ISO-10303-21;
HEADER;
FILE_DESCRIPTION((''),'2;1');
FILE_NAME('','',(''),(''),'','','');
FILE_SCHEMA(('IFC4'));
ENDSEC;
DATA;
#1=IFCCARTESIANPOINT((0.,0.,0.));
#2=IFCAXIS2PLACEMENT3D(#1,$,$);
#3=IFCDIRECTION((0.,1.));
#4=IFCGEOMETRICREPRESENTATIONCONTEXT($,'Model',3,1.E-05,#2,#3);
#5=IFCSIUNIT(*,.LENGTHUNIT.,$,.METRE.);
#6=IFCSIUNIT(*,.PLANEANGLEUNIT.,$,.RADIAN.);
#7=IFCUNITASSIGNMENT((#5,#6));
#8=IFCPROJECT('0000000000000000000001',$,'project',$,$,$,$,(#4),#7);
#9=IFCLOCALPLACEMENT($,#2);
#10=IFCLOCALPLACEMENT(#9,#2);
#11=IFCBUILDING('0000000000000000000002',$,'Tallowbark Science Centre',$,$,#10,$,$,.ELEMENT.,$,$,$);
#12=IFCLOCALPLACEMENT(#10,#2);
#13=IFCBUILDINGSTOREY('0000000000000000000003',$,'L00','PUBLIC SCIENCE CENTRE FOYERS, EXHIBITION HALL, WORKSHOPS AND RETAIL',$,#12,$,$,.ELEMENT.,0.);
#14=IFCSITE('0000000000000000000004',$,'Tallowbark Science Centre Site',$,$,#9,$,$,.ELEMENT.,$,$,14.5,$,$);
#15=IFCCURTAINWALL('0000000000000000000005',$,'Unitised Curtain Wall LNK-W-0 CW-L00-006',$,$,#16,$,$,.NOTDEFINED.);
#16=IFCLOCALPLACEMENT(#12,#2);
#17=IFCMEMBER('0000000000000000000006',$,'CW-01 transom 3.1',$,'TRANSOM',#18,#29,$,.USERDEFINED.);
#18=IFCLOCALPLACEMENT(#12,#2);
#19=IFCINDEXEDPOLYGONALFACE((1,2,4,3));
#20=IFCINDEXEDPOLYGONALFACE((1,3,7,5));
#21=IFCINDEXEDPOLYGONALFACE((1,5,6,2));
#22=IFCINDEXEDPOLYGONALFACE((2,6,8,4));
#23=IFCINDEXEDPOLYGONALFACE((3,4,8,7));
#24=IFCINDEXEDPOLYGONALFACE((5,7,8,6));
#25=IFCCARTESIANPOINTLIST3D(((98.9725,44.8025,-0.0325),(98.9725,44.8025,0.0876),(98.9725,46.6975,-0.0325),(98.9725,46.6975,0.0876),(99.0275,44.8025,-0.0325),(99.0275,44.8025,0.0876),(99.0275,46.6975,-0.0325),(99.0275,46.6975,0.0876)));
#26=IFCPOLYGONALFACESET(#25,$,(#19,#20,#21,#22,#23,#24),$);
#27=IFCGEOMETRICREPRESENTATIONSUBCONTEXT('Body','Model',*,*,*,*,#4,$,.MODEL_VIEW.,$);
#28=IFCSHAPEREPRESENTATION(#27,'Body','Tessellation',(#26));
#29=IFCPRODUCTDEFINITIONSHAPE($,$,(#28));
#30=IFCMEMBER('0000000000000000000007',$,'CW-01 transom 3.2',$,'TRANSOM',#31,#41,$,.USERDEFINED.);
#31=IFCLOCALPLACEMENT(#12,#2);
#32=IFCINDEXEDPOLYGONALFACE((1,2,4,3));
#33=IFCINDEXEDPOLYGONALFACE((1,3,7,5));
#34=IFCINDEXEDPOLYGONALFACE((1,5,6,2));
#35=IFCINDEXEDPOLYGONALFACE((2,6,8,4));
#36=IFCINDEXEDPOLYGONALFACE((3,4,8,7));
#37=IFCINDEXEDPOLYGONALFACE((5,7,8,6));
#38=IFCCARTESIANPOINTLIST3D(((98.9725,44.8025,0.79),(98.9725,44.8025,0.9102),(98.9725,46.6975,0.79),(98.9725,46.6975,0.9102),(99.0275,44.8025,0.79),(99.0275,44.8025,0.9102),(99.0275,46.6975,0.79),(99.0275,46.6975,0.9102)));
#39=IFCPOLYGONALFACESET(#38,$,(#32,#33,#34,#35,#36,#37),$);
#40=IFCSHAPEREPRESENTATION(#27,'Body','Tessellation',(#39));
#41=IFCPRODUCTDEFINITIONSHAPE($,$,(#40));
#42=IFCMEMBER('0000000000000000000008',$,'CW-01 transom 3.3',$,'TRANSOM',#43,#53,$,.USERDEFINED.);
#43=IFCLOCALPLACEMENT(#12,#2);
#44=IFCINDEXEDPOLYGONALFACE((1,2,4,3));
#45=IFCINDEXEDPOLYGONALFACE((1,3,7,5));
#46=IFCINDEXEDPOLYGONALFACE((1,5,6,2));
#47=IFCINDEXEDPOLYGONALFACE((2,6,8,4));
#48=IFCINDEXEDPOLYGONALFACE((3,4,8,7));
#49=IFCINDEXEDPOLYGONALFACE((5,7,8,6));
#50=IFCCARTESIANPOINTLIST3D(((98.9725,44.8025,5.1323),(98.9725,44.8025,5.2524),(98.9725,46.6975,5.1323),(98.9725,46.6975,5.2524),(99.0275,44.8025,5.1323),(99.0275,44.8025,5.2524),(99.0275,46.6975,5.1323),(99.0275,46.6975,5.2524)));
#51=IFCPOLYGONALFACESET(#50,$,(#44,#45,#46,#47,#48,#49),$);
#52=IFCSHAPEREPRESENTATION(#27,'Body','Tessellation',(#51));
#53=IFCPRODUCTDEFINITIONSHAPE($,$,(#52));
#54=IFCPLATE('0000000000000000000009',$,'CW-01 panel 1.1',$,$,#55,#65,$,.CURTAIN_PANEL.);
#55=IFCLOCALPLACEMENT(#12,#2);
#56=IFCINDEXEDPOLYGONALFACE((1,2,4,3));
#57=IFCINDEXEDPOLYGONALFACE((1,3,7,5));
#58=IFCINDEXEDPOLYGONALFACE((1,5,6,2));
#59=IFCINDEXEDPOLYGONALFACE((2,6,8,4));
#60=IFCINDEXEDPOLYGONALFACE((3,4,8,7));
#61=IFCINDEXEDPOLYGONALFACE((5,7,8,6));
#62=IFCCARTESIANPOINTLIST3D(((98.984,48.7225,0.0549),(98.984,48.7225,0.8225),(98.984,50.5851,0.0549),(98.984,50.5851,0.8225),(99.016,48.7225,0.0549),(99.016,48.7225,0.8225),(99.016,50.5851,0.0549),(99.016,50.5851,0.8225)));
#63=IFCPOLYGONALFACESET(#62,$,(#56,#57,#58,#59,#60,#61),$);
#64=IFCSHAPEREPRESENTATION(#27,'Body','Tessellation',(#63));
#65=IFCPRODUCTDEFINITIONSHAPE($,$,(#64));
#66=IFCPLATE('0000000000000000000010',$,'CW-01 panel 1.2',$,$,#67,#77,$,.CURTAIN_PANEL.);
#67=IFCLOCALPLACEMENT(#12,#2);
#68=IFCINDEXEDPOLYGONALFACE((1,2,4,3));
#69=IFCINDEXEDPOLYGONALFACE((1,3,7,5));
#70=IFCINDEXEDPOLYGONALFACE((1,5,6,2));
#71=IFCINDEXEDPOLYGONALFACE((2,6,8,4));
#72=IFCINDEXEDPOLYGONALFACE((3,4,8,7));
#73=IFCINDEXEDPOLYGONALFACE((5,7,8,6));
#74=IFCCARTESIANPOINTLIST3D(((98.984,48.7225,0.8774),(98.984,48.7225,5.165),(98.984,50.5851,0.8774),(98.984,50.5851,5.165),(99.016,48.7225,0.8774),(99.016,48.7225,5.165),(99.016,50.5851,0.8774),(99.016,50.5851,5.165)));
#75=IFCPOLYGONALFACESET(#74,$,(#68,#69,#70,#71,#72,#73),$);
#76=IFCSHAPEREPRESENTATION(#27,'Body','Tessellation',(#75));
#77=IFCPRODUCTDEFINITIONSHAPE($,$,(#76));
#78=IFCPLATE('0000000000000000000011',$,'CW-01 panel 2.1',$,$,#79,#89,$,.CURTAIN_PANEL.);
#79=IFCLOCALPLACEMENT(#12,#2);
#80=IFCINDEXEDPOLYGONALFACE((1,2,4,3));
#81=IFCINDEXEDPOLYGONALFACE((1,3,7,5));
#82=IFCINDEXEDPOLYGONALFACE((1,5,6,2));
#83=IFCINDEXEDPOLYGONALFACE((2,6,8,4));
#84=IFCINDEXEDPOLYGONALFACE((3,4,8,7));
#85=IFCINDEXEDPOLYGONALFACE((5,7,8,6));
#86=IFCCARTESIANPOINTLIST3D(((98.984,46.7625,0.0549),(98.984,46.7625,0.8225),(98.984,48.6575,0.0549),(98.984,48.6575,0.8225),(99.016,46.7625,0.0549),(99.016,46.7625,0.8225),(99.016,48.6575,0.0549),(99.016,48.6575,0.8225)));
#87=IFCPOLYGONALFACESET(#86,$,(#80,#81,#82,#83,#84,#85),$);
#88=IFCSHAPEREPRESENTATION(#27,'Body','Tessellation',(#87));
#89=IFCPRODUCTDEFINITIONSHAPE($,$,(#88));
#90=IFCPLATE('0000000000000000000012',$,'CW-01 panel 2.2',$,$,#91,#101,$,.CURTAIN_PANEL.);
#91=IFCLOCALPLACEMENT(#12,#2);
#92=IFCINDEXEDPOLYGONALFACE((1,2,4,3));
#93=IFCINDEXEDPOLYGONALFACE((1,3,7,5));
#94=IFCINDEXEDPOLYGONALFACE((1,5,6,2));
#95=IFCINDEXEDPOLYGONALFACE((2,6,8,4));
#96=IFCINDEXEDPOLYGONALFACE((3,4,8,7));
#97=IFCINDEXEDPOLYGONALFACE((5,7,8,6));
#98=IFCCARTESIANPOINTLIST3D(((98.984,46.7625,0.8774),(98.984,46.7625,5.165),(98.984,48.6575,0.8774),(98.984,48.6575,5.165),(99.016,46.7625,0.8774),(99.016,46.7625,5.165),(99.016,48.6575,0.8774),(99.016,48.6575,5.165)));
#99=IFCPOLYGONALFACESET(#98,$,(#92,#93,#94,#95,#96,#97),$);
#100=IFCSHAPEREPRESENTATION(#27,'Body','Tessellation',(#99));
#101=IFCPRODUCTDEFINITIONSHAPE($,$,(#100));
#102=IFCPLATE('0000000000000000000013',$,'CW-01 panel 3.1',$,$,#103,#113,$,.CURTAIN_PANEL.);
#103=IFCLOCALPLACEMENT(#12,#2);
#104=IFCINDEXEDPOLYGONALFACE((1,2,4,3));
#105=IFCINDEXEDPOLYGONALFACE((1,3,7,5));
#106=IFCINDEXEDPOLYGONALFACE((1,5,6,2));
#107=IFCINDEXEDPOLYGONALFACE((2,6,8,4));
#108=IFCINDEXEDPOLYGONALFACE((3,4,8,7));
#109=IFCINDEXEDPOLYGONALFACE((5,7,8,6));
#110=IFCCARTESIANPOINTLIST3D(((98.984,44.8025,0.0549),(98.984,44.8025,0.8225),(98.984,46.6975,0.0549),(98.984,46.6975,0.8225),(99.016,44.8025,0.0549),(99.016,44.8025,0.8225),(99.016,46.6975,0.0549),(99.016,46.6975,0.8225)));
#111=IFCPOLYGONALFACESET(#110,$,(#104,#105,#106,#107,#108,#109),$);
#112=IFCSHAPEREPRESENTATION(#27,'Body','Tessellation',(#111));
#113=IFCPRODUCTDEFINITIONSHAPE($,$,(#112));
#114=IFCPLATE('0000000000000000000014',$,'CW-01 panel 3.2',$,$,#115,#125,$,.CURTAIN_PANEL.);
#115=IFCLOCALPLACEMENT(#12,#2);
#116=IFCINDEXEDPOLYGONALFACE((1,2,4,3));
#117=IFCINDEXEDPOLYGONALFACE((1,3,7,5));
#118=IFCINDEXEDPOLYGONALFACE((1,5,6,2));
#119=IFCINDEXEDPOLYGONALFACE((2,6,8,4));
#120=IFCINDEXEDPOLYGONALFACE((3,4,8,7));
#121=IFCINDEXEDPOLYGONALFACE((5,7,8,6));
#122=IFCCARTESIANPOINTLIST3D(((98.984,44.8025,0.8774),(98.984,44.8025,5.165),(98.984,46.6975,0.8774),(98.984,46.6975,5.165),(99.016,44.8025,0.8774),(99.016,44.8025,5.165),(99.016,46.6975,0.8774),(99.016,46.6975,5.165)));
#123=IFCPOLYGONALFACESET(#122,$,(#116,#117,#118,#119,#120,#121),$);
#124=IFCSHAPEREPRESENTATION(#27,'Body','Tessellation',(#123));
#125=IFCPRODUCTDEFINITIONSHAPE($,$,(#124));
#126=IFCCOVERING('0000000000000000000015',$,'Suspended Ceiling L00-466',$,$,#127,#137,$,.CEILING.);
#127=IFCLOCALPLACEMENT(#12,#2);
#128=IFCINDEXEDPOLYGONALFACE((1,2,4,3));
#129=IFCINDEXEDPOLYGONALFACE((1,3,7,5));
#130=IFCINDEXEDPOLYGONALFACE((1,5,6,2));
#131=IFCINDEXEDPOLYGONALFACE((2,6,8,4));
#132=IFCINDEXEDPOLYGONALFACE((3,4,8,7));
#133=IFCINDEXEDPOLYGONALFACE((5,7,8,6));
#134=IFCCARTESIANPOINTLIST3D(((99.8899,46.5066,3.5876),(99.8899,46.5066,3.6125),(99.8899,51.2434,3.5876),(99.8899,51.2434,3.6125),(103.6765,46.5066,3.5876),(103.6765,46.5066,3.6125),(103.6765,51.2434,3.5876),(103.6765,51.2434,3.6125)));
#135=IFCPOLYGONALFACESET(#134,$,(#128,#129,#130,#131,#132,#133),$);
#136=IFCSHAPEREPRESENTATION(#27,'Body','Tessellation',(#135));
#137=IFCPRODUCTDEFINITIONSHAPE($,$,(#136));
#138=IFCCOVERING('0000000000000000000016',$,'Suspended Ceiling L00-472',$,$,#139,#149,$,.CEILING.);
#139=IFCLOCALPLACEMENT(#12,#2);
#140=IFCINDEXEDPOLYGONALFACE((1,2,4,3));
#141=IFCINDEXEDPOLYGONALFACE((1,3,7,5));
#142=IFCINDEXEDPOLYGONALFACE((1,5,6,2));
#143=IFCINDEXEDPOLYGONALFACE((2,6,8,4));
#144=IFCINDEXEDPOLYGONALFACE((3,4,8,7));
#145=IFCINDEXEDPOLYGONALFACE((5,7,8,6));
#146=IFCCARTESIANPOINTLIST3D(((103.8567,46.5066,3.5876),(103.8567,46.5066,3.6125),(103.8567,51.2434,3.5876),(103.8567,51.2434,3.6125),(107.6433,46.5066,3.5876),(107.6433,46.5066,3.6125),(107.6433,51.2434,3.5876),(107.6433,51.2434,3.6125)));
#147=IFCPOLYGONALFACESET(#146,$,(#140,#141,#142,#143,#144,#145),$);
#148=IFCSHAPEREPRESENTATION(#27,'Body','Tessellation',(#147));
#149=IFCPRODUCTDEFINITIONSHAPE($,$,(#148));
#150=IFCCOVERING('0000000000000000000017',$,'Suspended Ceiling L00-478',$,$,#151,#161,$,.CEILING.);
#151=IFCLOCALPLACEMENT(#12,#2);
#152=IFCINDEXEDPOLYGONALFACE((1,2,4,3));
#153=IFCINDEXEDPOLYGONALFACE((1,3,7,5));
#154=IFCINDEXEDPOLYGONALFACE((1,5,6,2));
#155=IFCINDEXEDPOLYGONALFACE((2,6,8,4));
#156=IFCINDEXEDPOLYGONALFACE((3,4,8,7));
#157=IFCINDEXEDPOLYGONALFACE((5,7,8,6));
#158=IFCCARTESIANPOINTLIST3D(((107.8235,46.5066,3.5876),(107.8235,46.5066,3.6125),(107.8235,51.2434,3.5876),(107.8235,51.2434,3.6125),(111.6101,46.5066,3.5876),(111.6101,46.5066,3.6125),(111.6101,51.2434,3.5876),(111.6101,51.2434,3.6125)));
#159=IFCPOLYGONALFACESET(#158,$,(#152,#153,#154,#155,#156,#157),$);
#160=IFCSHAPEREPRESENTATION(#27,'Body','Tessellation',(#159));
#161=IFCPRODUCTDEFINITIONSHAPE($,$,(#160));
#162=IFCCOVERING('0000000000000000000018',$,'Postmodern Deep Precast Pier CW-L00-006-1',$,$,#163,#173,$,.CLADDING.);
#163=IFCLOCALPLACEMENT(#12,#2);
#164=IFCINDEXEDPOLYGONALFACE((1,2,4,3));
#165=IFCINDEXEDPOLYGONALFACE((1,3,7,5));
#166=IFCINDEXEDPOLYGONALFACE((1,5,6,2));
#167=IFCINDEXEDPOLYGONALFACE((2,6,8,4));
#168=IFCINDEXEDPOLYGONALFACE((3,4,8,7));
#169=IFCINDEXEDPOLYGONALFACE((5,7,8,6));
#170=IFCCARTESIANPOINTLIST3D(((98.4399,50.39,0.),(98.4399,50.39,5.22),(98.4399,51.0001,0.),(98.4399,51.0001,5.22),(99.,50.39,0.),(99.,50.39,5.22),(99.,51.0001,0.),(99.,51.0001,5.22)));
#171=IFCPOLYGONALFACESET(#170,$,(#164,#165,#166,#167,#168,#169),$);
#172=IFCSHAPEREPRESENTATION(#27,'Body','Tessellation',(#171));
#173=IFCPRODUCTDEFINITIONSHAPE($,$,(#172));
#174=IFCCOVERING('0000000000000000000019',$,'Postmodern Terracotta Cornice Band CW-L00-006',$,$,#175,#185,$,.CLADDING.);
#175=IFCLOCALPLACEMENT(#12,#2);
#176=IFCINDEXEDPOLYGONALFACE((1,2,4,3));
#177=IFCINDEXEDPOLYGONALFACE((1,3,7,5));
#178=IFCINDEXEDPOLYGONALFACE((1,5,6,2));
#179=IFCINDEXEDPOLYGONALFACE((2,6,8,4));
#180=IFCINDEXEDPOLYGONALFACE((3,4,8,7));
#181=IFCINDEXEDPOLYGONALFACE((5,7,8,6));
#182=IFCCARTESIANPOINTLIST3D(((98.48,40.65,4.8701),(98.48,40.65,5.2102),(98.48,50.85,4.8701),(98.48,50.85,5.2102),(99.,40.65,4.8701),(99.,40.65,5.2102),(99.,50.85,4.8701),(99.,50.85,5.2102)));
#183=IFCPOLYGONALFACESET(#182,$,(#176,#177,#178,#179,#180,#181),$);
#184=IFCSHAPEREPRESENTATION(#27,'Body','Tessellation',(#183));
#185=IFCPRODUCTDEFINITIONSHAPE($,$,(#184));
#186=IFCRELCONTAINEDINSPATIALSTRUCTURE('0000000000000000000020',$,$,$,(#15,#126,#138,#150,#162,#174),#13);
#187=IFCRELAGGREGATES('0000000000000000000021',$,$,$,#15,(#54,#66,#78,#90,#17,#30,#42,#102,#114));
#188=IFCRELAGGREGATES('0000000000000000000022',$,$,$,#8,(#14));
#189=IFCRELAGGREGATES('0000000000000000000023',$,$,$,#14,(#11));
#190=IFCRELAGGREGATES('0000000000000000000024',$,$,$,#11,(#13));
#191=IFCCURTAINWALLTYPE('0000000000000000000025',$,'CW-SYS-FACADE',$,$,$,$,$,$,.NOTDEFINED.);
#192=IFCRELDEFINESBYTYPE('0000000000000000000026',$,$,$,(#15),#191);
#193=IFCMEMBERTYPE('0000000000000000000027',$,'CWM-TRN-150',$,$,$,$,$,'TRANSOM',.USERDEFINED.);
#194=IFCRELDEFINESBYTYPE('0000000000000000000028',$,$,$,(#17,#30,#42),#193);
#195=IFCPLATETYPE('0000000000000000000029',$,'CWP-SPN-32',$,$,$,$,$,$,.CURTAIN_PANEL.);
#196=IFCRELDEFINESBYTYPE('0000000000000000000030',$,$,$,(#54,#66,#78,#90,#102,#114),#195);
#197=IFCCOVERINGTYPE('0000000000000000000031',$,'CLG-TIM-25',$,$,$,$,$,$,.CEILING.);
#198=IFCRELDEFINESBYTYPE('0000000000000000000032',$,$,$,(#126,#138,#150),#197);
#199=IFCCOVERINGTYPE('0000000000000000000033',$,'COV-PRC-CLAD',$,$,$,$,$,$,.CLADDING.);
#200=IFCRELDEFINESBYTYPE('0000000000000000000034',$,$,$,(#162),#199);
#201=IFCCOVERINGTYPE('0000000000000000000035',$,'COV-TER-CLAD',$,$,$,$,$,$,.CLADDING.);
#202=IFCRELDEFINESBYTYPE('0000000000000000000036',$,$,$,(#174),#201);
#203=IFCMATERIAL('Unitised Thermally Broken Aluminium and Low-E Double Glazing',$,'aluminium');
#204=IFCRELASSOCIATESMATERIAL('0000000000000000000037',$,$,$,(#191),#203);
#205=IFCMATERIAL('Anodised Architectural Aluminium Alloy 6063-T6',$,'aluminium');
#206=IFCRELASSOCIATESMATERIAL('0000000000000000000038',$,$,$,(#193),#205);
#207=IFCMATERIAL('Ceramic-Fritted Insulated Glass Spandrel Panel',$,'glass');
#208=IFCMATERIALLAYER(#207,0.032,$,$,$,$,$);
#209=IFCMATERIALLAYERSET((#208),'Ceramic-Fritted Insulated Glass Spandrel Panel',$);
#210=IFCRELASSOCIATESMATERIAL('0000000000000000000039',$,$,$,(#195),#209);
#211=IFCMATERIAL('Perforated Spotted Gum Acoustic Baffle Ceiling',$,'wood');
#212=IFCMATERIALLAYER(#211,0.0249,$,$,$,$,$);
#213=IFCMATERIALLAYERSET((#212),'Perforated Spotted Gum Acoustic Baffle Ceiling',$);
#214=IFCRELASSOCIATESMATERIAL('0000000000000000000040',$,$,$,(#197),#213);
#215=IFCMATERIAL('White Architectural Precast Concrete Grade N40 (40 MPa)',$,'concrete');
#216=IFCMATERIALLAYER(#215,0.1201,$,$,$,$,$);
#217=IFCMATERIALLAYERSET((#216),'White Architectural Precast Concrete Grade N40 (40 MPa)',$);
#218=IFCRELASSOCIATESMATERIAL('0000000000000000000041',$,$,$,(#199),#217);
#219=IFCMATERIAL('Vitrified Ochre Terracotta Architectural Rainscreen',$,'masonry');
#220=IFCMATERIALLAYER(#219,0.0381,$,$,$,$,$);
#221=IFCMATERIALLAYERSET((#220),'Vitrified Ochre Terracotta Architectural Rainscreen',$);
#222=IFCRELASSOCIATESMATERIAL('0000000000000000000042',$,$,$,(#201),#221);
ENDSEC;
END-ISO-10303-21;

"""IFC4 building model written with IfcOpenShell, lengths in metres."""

from ifc_helpers import new_model, si_unit, direction, frame, origin, origin_2d, place, context, subcontext, project, spatial, rectangle, extrude, material, layer, layer_set, material_profile, profile_set, type_object, element, aggregate, save


model = new_model("IFC4")

# Units and contexts
model_context = context("Model", 3, precision=1e-05, world=origin(), true_north=direction((0.0, 1.0)))
body_context = subcontext(model_context, "Body", "Model", "MODEL_VIEW")
ifc_project = project(units=[si_unit("LENGTHUNIT", "METRE"), si_unit("PLANEANGLEUNIT", "RADIAN")], contexts=[model_context])

# Site, building, storey
site_placement = place(None, origin())
site = spatial("IfcSite", under=ifc_project, at=site_placement, Name="Tallowbark Science Centre Site", CompositionType="ELEMENT", RefElevation=14.5)
building_placement = place(site_placement, origin())
building = spatial("IfcBuilding", under=site, at=building_placement, Name="Tallowbark Science Centre", CompositionType="ELEMENT")
storey_placement = place(building_placement, origin())
storey = spatial("IfcBuildingStorey", under=building, at=storey_placement, Name="L00", Description="PUBLIC SCIENCE CENTRE FOYERS, EXHIBITION HALL, WORKSHOPS AND RETAIL", CompositionType="ELEMENT", Elevation=0.0)

# Curtain wall, members, plates
ifc_material_1 = material(Name="Unitised Thermally Broken Aluminium and Low-E Double Glazing", Category="aluminium")
curtain_wall_type = type_object("IfcCurtainWallType", Name="CW-SYS-FACADE", PredefinedType="NOTDEFINED", material=ifc_material_1)
curtain_wall_placement = place(storey_placement, origin())
curtain_wall = element("IfcCurtainWall", 1, at=curtain_wall_placement, inside=storey, type_object=curtain_wall_type, Name="Unitised Curtain Wall LNK-W-0 CW-L00-006", PredefinedType="NOTDEFINED")
ifc_material_2 = material(Name="Anodised Architectural Aluminium Alloy 6063-T6", Category="aluminium")
ifc_material_profile_1 = material_profile(ifc_material_2, rectangle(XDim=0.0549, YDim=0.1201, at=origin_2d()), Name="ALU55x120")
ifc_profile_set_1 = profile_set([ifc_material_profile_1], Name="Anodised Architectural Aluminium Alloy 6063-T6")
member_type_1 = type_object("IfcMemberType", Name="CWM-TRN-150", ElementType="TRANSOM", PredefinedType="USERDEFINED", material=ifc_profile_set_1)
member_1_placement = place(storey_placement, frame((99.0, 46.6975, 0.0276), z_axis=(0.0, -1.0, 0.0), x_axis=(1.0, 0.0, 0.0)))
member_1 = element("IfcMember", 2, at=member_1_placement, type_object=member_type_1, Name="CW-01 transom 3.1", ObjectType="TRANSOM", PredefinedType="USERDEFINED", context=body_context, shape_type="SweptSolid", body=[
    extrude(rectangle(XDim=0.0549, YDim=0.1201, at=origin_2d()), origin(), (0.0, 0.0, 1.0), 1.895),
])
member_2_placement = place(storey_placement, frame((99.0, 46.6975, 0.8501), z_axis=(0.0, -1.0, 0.0), x_axis=(1.0, 0.0, 0.0)))
member_2 = element("IfcMember", 3, at=member_2_placement, type_object=member_type_1, Name="CW-01 transom 3.2", ObjectType="TRANSOM", PredefinedType="USERDEFINED", context=body_context, shape_type="SweptSolid", body=[
    extrude(rectangle(XDim=0.0549, YDim=0.1201, at=origin_2d()), origin(), (0.0, 0.0, 1.0), 1.895),
])
member_3_placement = place(storey_placement, frame((99.0, 46.6975, 5.1924), z_axis=(0.0, -1.0, 0.0), x_axis=(1.0, 0.0, 0.0)))
member_3 = element("IfcMember", 4, at=member_3_placement, type_object=member_type_1, Name="CW-01 transom 3.3", ObjectType="TRANSOM", PredefinedType="USERDEFINED", context=body_context, shape_type="SweptSolid", body=[
    extrude(rectangle(XDim=0.0549, YDim=0.1201, at=origin_2d()), origin(), (0.0, 0.0, 1.0), 1.895),
])
ifc_material_3 = material(Name="Ceramic-Fritted Insulated Glass Spandrel Panel", Category="glass")
ifc_layer_1 = layer(ifc_material_3, 0.032)
ifc_layer_set_1 = layer_set([ifc_layer_1], Name="Ceramic-Fritted Insulated Glass Spandrel Panel")
plate_type = type_object("IfcPlateType", Name="CWP-SPN-32", PredefinedType="CURTAIN_PANEL", material=ifc_layer_set_1)
plate_1_placement = place(storey_placement, frame((99.0, 49.6538, 0.0549), z_axis=(0.0, 0.0, 1.0), x_axis=(0.0, -1.0, 0.0)))
plate_1 = element("IfcPlate", 5, at=plate_1_placement, type_object=plate_type, Name="CW-01 panel 1.1", PredefinedType="CURTAIN_PANEL", context=body_context, shape_type="SweptSolid", body=[
    extrude(rectangle(XDim=1.8625, YDim=0.032, at=origin_2d()), origin(), (0.0, 0.0, 1.0), 0.7676),
])
plate_2_placement = place(storey_placement, frame((99.0, 49.6538, 0.8774), z_axis=(0.0, 0.0, 1.0), x_axis=(0.0, -1.0, 0.0)))
plate_2 = element("IfcPlate", 6, at=plate_2_placement, type_object=plate_type, Name="CW-01 panel 1.2", PredefinedType="CURTAIN_PANEL", context=body_context, shape_type="SweptSolid", body=[
    extrude(rectangle(XDim=1.8625, YDim=0.032, at=origin_2d()), origin(), (0.0, 0.0, 1.0), 4.2876),
])
plate_3_placement = place(storey_placement, frame((99.0, 47.71, 0.0549), z_axis=(0.0, 0.0, 1.0), x_axis=(0.0, -1.0, 0.0)))
plate_3 = element("IfcPlate", 7, at=plate_3_placement, type_object=plate_type, Name="CW-01 panel 2.1", PredefinedType="CURTAIN_PANEL", context=body_context, shape_type="SweptSolid", body=[
    extrude(rectangle(XDim=1.895, YDim=0.032, at=origin_2d()), origin(), (0.0, 0.0, 1.0), 0.7676),
])
plate_4_placement = place(storey_placement, frame((99.0, 47.71, 0.8774), z_axis=(0.0, 0.0, 1.0), x_axis=(0.0, -1.0, 0.0)))
plate_4 = element("IfcPlate", 8, at=plate_4_placement, type_object=plate_type, Name="CW-01 panel 2.2", PredefinedType="CURTAIN_PANEL", context=body_context, shape_type="SweptSolid", body=[
    extrude(rectangle(XDim=1.895, YDim=0.032, at=origin_2d()), origin(), (0.0, 0.0, 1.0), 4.2876),
])
plate_5_placement = place(storey_placement, frame((99.0, 45.75, 0.0549), z_axis=(0.0, 0.0, 1.0), x_axis=(0.0, -1.0, 0.0)))
plate_5 = element("IfcPlate", 9, at=plate_5_placement, type_object=plate_type, Name="CW-01 panel 3.1", PredefinedType="CURTAIN_PANEL", context=body_context, shape_type="SweptSolid", body=[
    extrude(rectangle(XDim=1.895, YDim=0.032, at=origin_2d()), origin(), (0.0, 0.0, 1.0), 0.7676),
])
plate_6_placement = place(storey_placement, frame((99.0, 45.75, 0.8774), z_axis=(0.0, 0.0, 1.0), x_axis=(0.0, -1.0, 0.0)))
plate_6 = element("IfcPlate", 10, at=plate_6_placement, type_object=plate_type, Name="CW-01 panel 3.2", PredefinedType="CURTAIN_PANEL", context=body_context, shape_type="SweptSolid", body=[
    extrude(rectangle(XDim=1.895, YDim=0.032, at=origin_2d()), origin(), (0.0, 0.0, 1.0), 4.2876),
])
aggregate(curtain_wall, [plate_1, plate_2, plate_3, plate_4, member_1, member_2, member_3, plate_5, plate_6])

# Coverings
ifc_material_4 = material(Name="Perforated Spotted Gum Acoustic Baffle Ceiling", Category="wood")
ifc_layer_2 = layer(ifc_material_4, 0.0249)
ifc_layer_set_2 = layer_set([ifc_layer_2], Name="Perforated Spotted Gum Acoustic Baffle Ceiling")
covering_type_1 = type_object("IfcCoveringType", Name="CLG-TIM-25", PredefinedType="CEILING", material=ifc_layer_set_2)
for number, where, z_axis, x_axis, name in (
    (11, (101.7832, 48.875, 3.5876), (0.0, 0.0, 1.0), (1.0, 0.0, 0.0), "Suspended Ceiling L00-466"),
    (12, (105.75, 48.875, 3.5876), (0.0, 0.0, 1.0), (1.0, 0.0, 0.0), "Suspended Ceiling L00-472"),
    (13, (109.7168, 48.875, 3.5876), (0.0, 0.0, 1.0), (1.0, 0.0, 0.0), "Suspended Ceiling L00-478"),
):
    element("IfcCovering", number, at=place(storey_placement, frame(where, z_axis=z_axis, x_axis=x_axis)), inside=storey, type_object=covering_type_1, Name=name, PredefinedType="CEILING", context=body_context, shape_type="SweptSolid", body=[
        extrude(rectangle(XDim=3.7866, YDim=4.7368, at=origin_2d()), origin(), (0.0, 0.0, 1.0), 0.0249),
    ])
ifc_material_5 = material(Name="White Architectural Precast Concrete Grade N40 (40 MPa)", Category="concrete")
ifc_layer_3 = layer(ifc_material_5, 0.1201)
ifc_layer_set_3 = layer_set([ifc_layer_3], Name="White Architectural Precast Concrete Grade N40 (40 MPa)")
covering_type_2 = type_object("IfcCoveringType", Name="COV-PRC-CLAD", PredefinedType="CLADDING", material=ifc_layer_set_3)
covering_1_placement = place(storey_placement, frame((98.72, 50.6951, 0.0), z_axis=(0.0, 0.0, 1.0), x_axis=(0.0, -1.0, 0.0)))
element("IfcCovering", 14, at=covering_1_placement, inside=storey, type_object=covering_type_2, Name="Postmodern Deep Precast Pier CW-L00-006-1", PredefinedType="CLADDING", context=body_context, shape_type="SweptSolid", body=[
    extrude(rectangle(XDim=0.6101, YDim=0.5601, at=origin_2d()), origin(), (0.0, 0.0, 1.0), 5.22),
])
ifc_material_6 = material(Name="Vitrified Ochre Terracotta Architectural Rainscreen", Category="masonry")
ifc_layer_4 = layer(ifc_material_6, 0.0381)
ifc_layer_set_4 = layer_set([ifc_layer_4], Name="Vitrified Ochre Terracotta Architectural Rainscreen")
covering_type_3 = type_object("IfcCoveringType", Name="COV-TER-CLAD", PredefinedType="CLADDING", material=ifc_layer_set_4)
covering_2_placement = place(storey_placement, frame((98.74, 45.75, 4.8701), z_axis=(0.0, 0.0, 1.0), x_axis=(0.0, -1.0, 0.0)))
element("IfcCovering", 15, at=covering_2_placement, inside=storey, type_object=covering_type_3, Name="Postmodern Terracotta Cornice Band CW-L00-006", PredefinedType="CLADDING", context=body_context, shape_type="SweptSolid", body=[
    extrude(rectangle(XDim=10.2, YDim=0.52, at=origin_2d()), origin(), (0.0, 0.0, 1.0), 0.3401),
])

save(model, "model.ifc")
